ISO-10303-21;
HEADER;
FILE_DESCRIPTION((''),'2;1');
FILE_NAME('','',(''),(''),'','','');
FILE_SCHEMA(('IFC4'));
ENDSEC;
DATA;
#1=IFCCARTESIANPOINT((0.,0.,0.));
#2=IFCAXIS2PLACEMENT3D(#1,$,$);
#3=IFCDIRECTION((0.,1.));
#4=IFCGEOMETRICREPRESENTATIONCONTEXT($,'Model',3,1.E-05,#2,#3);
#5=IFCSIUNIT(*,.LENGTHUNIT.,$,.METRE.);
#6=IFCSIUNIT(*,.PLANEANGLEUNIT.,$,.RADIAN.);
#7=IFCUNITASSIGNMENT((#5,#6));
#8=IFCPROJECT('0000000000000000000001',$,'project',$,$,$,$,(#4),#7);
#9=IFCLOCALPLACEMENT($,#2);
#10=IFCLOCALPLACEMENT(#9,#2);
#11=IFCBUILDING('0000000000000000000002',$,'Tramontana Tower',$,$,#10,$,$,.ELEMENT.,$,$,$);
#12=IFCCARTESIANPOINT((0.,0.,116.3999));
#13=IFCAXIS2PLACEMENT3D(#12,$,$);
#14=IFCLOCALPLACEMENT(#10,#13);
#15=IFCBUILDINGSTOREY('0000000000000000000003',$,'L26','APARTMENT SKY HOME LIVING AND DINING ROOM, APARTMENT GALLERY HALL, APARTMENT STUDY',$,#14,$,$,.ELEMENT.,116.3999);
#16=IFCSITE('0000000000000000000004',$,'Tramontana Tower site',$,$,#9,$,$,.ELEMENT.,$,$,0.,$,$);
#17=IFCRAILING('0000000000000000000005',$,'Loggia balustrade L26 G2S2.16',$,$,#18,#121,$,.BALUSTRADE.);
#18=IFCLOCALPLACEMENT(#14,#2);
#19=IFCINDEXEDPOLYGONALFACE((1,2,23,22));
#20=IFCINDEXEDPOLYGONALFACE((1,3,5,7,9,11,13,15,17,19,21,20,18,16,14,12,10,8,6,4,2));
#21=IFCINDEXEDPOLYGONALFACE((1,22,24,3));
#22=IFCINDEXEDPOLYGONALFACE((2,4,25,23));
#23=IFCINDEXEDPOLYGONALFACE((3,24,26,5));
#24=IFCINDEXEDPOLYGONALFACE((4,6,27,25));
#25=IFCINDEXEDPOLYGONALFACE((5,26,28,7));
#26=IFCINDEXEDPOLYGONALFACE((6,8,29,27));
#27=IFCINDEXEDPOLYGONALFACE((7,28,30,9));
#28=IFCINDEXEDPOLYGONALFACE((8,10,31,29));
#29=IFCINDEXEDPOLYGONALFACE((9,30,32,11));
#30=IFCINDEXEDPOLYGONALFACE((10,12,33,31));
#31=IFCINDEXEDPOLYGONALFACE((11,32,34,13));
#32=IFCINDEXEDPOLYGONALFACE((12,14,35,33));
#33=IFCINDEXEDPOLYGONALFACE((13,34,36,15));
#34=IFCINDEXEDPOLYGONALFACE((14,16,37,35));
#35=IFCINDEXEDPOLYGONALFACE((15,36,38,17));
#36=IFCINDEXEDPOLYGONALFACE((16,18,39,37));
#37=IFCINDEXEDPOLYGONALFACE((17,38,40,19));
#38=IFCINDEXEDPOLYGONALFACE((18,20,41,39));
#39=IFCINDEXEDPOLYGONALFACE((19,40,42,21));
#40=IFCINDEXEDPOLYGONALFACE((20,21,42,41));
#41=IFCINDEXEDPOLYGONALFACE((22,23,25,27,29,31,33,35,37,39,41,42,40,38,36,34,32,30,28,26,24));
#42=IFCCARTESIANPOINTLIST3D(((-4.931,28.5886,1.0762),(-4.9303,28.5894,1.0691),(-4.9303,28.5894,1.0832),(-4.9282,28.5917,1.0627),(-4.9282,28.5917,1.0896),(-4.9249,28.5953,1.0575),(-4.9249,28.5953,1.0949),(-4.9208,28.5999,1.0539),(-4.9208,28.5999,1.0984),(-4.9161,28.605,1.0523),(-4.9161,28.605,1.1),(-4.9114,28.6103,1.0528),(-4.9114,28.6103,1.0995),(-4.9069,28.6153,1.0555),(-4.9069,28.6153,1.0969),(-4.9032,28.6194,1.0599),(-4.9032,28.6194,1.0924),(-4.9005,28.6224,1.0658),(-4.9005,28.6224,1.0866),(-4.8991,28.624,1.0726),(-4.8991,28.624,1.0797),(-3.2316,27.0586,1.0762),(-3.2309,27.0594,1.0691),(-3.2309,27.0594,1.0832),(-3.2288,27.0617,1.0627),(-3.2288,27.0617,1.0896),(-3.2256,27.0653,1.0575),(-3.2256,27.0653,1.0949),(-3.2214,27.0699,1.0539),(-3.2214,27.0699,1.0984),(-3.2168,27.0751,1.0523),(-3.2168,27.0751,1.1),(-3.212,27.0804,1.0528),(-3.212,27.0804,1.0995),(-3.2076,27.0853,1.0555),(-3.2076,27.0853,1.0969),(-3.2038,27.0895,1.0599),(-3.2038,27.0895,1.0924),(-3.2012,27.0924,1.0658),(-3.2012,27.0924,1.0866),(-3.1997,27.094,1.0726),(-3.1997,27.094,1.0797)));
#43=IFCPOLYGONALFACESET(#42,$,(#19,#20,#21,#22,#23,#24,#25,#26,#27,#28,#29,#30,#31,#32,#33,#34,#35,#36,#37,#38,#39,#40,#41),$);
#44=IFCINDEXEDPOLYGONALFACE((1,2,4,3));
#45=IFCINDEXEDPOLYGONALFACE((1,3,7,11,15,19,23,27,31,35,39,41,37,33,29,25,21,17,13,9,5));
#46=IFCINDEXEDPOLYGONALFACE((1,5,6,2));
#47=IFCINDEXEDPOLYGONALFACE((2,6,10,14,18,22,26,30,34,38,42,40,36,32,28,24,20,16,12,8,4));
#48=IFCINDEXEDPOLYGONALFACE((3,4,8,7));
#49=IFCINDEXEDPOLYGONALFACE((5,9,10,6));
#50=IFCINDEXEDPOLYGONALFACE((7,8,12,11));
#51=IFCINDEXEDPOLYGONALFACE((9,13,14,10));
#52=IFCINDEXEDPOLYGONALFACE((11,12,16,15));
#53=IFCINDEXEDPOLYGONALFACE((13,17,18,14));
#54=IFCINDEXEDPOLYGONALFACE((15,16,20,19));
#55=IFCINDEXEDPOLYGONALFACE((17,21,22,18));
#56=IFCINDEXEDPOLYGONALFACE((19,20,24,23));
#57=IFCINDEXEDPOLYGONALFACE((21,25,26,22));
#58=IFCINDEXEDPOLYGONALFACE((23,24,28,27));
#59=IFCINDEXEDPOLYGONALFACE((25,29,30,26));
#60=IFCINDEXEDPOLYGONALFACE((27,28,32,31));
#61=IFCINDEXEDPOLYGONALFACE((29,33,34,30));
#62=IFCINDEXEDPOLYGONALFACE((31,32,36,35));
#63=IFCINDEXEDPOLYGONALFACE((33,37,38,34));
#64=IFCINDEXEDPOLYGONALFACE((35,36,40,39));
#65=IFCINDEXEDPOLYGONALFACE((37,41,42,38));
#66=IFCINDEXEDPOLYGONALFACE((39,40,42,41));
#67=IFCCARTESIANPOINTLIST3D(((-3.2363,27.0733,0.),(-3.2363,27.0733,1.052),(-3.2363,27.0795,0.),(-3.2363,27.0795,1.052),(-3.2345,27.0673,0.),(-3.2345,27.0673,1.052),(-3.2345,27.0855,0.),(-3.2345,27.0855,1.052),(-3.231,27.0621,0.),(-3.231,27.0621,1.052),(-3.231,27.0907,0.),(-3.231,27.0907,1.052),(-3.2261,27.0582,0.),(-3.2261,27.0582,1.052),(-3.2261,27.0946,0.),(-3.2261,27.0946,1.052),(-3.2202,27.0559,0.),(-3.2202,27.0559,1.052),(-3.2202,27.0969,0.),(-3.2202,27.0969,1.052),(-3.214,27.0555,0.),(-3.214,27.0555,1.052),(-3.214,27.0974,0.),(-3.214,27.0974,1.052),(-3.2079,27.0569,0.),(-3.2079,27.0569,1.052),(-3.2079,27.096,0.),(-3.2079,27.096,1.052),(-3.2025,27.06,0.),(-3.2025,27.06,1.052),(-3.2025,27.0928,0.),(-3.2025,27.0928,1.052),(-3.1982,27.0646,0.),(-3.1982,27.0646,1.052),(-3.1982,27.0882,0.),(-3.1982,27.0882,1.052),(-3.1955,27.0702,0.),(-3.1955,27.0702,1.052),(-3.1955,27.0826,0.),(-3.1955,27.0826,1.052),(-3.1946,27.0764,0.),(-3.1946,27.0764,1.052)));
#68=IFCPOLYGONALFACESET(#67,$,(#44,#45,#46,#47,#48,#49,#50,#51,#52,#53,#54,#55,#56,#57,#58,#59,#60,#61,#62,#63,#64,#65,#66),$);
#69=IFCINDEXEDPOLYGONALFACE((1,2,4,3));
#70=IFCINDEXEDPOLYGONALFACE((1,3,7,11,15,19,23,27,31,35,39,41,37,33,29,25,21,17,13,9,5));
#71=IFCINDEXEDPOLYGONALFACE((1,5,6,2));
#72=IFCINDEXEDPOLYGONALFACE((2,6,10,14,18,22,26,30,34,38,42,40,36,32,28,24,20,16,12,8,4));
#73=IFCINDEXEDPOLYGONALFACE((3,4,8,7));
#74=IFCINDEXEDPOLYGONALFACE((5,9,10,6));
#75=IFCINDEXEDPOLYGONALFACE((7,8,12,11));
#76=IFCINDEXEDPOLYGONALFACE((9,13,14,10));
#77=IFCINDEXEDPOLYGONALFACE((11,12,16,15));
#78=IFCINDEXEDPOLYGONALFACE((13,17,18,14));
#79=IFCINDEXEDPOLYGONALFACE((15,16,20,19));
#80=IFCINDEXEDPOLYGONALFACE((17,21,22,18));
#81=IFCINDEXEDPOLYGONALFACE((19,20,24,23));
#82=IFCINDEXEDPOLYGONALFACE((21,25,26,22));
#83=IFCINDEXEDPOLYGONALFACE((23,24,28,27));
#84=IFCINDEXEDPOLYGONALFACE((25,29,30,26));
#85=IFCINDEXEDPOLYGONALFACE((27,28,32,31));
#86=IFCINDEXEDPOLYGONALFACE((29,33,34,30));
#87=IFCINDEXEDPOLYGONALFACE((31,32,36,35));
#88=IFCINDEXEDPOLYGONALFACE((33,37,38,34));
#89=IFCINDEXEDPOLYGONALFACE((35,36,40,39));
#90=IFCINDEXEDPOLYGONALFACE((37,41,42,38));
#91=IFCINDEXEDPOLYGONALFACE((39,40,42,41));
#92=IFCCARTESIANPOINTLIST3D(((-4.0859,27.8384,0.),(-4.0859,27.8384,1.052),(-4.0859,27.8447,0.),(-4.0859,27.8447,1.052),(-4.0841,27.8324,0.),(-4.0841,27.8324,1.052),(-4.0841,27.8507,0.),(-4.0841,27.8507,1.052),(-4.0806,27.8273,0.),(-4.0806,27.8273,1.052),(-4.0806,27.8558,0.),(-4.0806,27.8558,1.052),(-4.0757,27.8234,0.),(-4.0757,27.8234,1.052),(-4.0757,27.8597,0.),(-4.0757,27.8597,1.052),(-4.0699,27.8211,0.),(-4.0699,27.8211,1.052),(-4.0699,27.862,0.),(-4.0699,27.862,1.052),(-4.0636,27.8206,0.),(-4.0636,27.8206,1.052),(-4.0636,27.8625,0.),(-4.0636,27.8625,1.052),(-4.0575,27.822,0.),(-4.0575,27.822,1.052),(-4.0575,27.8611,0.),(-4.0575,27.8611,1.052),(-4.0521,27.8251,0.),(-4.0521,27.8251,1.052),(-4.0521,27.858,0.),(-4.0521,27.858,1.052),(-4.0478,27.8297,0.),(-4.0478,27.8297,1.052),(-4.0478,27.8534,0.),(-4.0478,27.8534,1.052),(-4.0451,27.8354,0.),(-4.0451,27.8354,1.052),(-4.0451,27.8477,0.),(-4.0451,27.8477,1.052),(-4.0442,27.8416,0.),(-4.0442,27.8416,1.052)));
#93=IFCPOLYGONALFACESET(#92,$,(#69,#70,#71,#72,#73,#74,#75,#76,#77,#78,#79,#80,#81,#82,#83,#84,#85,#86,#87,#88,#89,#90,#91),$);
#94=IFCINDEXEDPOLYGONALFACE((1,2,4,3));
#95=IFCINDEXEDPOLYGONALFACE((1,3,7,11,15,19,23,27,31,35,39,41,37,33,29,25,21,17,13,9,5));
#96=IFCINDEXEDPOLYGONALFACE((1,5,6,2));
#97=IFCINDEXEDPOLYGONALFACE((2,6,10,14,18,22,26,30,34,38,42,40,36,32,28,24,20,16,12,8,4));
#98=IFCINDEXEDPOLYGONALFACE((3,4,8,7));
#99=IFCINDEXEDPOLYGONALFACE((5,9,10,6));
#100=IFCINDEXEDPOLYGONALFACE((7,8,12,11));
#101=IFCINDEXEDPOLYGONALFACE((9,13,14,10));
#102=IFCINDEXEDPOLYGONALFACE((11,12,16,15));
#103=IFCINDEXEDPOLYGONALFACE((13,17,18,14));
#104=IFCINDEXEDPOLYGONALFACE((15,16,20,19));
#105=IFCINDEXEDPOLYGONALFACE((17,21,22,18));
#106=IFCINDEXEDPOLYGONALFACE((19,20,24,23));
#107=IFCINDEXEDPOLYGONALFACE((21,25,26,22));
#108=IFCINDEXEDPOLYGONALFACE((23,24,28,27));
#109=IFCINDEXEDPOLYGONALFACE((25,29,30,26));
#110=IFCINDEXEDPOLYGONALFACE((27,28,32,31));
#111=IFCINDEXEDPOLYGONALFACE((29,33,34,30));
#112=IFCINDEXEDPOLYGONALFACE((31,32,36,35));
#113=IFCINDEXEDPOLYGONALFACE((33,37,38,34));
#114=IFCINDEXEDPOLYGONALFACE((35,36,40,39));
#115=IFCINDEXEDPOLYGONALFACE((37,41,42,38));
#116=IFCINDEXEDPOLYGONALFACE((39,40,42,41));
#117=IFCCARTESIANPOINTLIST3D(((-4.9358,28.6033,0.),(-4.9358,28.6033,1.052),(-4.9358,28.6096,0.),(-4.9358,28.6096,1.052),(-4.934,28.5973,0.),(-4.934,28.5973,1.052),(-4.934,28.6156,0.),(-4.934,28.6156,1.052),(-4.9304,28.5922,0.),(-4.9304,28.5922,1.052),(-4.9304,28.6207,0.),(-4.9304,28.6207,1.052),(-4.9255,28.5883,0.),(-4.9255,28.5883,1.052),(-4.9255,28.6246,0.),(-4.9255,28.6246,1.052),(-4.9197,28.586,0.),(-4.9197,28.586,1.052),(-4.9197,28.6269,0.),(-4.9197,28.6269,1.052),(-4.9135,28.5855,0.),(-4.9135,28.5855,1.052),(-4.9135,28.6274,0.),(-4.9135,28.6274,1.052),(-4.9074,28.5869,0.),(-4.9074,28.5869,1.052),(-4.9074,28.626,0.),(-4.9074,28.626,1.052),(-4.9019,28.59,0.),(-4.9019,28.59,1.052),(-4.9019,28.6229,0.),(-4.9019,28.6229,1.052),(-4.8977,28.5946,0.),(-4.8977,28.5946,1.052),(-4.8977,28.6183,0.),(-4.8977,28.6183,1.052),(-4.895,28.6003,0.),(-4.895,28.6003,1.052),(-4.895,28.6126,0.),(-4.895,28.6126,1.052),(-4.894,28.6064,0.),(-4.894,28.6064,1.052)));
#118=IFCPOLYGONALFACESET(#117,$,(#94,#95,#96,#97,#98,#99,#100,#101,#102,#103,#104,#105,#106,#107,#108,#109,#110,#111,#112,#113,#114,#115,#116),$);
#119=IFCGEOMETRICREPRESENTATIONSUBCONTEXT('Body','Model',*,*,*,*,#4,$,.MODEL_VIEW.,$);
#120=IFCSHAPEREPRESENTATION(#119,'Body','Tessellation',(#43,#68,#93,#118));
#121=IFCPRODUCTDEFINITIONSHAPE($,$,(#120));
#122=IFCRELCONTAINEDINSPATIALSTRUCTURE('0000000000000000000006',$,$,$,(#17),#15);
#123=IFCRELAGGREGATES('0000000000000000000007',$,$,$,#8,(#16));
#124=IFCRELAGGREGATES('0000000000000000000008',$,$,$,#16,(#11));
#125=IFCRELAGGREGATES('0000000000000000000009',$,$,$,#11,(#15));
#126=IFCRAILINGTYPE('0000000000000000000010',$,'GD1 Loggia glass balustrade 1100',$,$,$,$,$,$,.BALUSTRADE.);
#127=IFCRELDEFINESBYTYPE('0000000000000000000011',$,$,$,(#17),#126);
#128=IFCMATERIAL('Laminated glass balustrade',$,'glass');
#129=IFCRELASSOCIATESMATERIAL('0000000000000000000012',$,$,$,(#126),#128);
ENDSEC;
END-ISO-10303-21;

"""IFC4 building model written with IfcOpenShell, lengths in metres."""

from ifc_helpers import new_model, si_unit, direction, frame, origin, origin_2d, place, context, subcontext, project, spatial, circle, extrude, material, type_object, element, save


model = new_model("IFC4")

# Units and contexts
model_context = context("Model", 3, precision=1e-05, world=origin(), true_north=direction((0.0, 1.0)))
body_context = subcontext(model_context, "Body", "Model", "MODEL_VIEW")
ifc_project = project(units=[si_unit("LENGTHUNIT", "METRE"), si_unit("PLANEANGLEUNIT", "RADIAN")], contexts=[model_context])

# Site, building, storey
site_placement = place(None, origin())
site = spatial("IfcSite", under=ifc_project, at=site_placement, Name="Tramontana Tower site", CompositionType="ELEMENT", RefElevation=0.0)
building_placement = place(site_placement, origin())
building = spatial("IfcBuilding", under=site, at=building_placement, Name="Tramontana Tower", CompositionType="ELEMENT")
storey_placement = place(building_placement, frame((0.0, 0.0, 116.3999)))
storey = spatial("IfcBuildingStorey", under=building, at=storey_placement, Name="L26", Description="APARTMENT SKY HOME LIVING AND DINING ROOM, APARTMENT GALLERY HALL, APARTMENT STUDY", CompositionType="ELEMENT", Elevation=116.3999)

# Railing
ifc_material_1 = material(Name="Laminated glass balustrade", Category="glass")
railing_type = type_object("IfcRailingType", Name="GD1 Loggia glass balustrade 1100", PredefinedType="BALUSTRADE", material=ifc_material_1)
railing_1_placement = place(storey_placement, frame((-3.2156, 27.0764, 0.0)))
element("IfcRailing", 1, at=railing_1_placement, inside=storey, type_object=railing_type, Name="Loggia balustrade L26 G2S2.16", PredefinedType="BALUSTRADE", context=body_context, shape_type="SweptSolid", body=[
    extrude(circle(Radius=0.0239, at=origin_2d()), frame((0.0, 0.0, 1.0762), z_axis=(-0.743183, 0.669089, 0.0), x_axis=(-0.669089, -0.743183, 0.0)), (0.0, 0.0, 1.0), 2.2866),
    extrude(circle(Radius=0.021, at=origin_2d()), origin(), (0.0, 0.0, 1.0), 1.052),
    extrude(circle(Radius=0.021, at=origin_2d()), frame((-0.8496, 0.7651, 0.0)), (0.0, 0.0, 1.0), 1.052),
    extrude(circle(Radius=0.021, at=origin_2d()), frame((-1.6995, 1.53, 0.0)), (0.0, 0.0, 1.0), 1.052),
])

save(model, "model.ifc")
